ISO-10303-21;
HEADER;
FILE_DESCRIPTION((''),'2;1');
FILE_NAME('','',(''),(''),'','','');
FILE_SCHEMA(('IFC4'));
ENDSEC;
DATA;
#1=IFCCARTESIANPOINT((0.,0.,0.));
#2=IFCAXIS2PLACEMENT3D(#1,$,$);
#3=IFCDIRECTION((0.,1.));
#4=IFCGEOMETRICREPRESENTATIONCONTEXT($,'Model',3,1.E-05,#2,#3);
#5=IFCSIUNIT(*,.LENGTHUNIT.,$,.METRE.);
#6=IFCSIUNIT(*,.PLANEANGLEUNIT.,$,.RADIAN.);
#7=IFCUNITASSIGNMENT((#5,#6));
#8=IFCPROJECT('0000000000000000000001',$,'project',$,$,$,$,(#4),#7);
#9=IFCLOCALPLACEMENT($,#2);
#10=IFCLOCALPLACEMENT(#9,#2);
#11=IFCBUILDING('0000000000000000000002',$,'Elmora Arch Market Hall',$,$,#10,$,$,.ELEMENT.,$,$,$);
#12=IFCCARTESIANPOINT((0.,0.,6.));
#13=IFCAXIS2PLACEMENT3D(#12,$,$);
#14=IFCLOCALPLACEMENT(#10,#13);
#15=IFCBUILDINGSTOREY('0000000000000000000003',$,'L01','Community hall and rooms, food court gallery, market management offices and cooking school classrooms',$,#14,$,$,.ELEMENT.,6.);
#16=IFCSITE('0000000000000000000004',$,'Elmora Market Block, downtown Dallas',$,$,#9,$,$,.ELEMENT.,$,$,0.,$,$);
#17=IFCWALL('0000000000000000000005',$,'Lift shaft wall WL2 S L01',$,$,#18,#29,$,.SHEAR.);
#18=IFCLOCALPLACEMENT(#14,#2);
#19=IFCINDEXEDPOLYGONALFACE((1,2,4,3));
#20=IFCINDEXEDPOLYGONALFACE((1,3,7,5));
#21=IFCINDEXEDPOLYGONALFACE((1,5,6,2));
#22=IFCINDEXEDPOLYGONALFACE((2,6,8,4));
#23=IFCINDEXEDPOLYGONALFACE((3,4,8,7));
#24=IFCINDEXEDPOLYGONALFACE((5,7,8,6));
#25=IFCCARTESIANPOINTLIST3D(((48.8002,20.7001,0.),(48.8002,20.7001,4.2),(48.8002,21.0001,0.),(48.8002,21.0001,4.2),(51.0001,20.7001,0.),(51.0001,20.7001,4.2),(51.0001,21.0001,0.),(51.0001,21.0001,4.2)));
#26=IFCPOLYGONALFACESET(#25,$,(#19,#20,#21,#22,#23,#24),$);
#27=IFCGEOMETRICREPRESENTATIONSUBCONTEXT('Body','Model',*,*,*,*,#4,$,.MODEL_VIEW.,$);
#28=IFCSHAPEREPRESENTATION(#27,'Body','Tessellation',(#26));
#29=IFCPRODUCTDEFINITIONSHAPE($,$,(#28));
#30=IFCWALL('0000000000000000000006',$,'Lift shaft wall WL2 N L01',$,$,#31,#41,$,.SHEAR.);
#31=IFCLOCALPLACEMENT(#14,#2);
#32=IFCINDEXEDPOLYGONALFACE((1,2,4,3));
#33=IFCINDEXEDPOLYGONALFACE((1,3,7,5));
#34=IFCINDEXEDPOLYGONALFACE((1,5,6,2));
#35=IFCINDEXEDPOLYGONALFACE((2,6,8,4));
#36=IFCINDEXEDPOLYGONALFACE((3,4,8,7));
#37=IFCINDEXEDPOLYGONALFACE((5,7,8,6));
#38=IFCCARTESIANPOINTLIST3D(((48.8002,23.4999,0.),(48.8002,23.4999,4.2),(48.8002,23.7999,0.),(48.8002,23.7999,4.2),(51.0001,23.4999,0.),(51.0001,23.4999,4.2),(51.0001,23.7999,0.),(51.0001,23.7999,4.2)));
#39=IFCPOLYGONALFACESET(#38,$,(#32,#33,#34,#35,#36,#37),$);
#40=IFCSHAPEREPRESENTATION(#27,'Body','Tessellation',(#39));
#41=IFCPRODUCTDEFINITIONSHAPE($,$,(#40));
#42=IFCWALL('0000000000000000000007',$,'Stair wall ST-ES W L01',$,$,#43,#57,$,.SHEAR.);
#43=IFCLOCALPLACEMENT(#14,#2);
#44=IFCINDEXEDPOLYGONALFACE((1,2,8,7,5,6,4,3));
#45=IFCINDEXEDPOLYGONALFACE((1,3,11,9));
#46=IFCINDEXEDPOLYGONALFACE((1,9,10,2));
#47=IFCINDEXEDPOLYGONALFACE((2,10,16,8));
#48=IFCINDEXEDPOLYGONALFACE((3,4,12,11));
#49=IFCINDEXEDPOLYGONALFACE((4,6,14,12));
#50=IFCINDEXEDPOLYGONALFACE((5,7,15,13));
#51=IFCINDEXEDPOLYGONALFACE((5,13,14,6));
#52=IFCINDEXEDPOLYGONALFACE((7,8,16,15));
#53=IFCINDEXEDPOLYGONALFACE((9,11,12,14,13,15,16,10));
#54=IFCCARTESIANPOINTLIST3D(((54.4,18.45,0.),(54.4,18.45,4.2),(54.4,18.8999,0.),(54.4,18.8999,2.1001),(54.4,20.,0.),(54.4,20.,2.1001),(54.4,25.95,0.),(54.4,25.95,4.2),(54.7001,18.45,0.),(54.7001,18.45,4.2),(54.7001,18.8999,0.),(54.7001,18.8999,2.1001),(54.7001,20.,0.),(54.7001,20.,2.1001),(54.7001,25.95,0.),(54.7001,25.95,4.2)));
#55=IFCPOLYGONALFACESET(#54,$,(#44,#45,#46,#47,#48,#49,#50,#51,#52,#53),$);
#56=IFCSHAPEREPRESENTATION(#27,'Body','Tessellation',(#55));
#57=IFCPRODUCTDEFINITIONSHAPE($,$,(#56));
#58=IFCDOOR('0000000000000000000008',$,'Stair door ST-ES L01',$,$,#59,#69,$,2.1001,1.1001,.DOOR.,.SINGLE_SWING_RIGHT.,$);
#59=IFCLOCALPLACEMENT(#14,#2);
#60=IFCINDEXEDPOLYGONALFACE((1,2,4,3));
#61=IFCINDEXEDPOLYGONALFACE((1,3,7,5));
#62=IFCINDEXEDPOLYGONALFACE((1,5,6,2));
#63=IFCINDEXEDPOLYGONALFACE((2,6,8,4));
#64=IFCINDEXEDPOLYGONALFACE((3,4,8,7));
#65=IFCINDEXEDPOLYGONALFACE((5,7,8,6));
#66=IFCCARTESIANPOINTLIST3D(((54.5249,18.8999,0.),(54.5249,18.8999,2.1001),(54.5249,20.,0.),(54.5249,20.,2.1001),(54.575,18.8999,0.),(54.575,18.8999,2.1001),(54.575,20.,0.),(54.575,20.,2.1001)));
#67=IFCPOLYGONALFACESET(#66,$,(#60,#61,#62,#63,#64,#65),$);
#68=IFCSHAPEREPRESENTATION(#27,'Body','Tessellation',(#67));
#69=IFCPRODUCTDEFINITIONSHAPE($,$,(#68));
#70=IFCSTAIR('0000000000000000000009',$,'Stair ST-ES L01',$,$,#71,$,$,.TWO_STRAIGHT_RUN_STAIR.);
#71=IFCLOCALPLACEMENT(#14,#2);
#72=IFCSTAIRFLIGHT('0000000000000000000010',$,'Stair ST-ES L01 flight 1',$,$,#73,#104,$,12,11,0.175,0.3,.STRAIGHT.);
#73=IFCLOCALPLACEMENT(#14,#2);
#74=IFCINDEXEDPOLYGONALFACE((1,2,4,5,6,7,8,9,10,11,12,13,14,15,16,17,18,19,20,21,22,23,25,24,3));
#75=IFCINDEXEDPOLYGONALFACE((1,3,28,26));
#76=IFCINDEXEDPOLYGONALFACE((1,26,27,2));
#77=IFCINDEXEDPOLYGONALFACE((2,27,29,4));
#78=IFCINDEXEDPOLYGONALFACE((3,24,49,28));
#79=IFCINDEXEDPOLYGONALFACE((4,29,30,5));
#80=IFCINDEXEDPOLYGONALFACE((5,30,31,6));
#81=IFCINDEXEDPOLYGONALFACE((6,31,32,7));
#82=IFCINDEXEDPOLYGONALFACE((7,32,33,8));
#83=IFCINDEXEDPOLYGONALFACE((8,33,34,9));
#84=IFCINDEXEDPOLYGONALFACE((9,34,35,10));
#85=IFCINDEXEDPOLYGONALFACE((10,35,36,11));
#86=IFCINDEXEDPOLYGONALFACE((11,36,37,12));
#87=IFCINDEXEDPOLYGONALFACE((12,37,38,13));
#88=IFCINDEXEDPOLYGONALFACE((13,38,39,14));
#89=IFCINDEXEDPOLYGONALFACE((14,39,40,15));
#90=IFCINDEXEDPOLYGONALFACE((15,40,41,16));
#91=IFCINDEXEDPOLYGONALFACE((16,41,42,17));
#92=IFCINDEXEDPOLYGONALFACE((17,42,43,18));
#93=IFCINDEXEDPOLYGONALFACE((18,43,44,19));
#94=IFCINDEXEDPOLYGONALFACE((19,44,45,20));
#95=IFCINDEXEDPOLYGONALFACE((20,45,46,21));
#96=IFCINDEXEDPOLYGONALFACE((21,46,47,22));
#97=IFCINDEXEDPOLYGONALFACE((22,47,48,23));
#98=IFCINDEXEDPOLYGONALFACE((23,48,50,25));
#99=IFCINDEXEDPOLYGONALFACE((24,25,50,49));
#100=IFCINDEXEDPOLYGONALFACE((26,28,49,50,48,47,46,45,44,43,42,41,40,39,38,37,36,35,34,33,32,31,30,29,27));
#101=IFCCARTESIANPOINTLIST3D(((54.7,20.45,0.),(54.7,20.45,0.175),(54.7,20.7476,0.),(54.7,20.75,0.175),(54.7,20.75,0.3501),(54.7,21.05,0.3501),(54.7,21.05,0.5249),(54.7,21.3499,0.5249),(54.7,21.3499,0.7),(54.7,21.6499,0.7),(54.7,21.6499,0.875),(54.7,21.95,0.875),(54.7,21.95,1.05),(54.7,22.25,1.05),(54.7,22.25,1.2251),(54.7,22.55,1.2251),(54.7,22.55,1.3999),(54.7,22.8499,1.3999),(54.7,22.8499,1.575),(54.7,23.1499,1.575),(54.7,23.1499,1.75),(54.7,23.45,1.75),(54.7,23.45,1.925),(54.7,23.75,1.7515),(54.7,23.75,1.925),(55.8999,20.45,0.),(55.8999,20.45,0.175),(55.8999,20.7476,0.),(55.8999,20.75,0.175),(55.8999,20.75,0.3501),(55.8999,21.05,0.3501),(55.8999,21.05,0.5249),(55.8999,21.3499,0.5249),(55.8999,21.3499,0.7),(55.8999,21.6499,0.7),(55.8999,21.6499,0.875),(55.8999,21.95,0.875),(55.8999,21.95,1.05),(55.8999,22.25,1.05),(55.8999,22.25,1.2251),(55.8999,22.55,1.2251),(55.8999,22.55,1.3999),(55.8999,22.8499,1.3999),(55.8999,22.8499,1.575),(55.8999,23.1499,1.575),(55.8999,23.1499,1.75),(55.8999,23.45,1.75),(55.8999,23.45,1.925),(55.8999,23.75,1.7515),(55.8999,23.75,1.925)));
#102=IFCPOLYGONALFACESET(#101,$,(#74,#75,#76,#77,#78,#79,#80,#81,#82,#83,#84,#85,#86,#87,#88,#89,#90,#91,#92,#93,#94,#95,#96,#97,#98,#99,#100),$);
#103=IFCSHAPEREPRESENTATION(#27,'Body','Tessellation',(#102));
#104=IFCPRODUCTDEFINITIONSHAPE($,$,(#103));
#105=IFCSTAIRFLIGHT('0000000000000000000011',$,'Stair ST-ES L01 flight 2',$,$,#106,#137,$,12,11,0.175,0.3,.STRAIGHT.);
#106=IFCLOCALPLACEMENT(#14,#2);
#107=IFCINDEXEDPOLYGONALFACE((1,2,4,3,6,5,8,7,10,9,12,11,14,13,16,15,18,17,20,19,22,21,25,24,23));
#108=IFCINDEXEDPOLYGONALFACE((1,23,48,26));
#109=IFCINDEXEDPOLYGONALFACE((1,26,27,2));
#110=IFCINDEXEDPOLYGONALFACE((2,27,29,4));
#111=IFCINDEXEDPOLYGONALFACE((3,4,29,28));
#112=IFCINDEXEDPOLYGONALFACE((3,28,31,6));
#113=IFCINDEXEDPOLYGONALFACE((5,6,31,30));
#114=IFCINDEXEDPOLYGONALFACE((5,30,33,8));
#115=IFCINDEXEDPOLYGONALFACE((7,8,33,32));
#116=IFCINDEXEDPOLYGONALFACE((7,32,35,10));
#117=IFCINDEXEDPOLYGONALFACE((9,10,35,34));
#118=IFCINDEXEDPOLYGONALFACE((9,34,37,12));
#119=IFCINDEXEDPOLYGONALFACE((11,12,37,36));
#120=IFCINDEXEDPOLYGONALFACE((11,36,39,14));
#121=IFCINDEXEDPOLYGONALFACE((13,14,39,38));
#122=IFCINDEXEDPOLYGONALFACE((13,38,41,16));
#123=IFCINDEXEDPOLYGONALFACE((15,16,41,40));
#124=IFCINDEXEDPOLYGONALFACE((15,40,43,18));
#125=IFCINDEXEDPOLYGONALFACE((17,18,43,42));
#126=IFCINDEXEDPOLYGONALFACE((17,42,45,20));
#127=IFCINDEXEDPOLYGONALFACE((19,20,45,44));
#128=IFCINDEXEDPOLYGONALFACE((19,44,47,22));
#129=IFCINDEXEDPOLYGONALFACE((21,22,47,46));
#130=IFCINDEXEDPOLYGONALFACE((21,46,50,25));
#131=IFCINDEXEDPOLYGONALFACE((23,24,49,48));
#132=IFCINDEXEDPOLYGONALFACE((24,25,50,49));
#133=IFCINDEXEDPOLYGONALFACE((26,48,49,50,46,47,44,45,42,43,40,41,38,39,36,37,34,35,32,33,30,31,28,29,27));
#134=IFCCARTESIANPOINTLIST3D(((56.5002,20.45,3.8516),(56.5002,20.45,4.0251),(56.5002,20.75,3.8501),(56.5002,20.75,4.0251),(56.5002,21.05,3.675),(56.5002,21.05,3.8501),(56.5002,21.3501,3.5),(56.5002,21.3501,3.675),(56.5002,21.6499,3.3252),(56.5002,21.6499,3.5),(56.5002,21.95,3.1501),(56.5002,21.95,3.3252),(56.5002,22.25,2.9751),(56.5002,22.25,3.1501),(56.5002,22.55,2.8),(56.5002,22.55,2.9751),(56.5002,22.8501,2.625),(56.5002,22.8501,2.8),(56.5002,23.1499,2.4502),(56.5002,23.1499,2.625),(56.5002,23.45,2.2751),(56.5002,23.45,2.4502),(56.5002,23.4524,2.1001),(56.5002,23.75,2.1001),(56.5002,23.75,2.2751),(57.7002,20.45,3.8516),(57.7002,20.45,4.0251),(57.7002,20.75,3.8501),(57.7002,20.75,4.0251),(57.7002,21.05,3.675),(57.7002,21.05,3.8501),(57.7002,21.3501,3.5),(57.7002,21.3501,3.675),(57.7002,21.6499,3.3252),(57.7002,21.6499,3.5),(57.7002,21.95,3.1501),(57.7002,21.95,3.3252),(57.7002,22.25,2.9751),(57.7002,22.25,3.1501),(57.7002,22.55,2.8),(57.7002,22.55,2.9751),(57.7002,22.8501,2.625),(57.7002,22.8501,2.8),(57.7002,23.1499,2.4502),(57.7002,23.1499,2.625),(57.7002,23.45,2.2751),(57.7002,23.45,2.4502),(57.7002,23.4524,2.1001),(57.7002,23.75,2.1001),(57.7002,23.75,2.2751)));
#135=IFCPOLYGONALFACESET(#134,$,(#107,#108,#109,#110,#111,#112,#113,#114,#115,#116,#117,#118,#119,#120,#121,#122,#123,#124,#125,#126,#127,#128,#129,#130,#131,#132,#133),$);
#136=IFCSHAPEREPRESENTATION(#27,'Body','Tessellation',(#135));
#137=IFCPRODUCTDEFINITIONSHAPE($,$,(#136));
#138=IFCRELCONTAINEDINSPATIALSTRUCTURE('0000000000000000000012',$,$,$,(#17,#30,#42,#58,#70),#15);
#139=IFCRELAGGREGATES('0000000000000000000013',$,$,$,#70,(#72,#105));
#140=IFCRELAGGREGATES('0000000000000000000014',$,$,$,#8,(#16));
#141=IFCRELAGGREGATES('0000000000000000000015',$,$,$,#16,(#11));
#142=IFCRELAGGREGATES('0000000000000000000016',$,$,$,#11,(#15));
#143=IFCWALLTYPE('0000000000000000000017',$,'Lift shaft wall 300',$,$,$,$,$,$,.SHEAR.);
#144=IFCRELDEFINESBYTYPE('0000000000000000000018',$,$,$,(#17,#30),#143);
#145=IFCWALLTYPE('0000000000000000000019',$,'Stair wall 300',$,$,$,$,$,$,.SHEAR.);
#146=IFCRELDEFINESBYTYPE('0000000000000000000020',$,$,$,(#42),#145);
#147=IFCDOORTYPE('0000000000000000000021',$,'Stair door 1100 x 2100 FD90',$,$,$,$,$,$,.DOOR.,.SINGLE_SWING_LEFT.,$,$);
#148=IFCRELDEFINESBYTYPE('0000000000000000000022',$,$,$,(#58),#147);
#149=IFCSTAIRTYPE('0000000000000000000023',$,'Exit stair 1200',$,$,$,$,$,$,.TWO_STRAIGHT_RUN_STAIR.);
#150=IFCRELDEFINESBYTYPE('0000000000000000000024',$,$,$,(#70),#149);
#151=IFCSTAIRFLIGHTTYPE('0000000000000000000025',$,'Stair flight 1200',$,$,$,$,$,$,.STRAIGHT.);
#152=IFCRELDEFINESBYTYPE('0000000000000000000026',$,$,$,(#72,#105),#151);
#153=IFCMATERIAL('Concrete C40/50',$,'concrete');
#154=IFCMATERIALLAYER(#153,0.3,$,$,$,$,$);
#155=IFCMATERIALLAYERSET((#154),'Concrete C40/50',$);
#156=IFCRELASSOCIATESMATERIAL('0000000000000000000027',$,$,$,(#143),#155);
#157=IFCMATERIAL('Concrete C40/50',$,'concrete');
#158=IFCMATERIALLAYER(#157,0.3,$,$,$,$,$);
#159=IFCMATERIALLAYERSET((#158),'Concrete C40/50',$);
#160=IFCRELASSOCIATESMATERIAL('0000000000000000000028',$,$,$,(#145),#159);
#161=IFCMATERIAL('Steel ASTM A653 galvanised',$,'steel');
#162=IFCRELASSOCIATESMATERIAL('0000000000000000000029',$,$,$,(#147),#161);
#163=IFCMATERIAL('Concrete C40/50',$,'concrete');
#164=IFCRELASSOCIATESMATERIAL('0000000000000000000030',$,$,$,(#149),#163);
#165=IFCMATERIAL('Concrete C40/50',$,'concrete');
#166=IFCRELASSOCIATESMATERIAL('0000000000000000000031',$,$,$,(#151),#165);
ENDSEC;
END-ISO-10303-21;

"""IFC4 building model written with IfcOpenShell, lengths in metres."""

from ifc_helpers import new_model, si_unit, direction, frame, frame_2d, origin, place, context, subcontext, project, spatial, polyline, rectangle, outline, extrude, material, layer, layer_set, type_object, element, fill, aggregate, save


model = new_model("IFC4")

# Units and contexts
model_context = context("Model", 3, precision=1e-05, world=origin(), true_north=direction((0.0, 1.0)))
body_context = subcontext(model_context, "Body", "Model", "MODEL_VIEW")
ifc_project = project(units=[si_unit("LENGTHUNIT", "METRE"), si_unit("PLANEANGLEUNIT", "RADIAN")], contexts=[model_context])

# Site, building, storey
site_placement = place(None, origin())
site = spatial("IfcSite", under=ifc_project, at=site_placement, Name="Elmora Market Block, downtown Dallas", CompositionType="ELEMENT", RefElevation=0.0)
building_placement = place(site_placement, origin())
building = spatial("IfcBuilding", under=site, at=building_placement, Name="Elmora Arch Market Hall", CompositionType="ELEMENT")
storey_placement = place(building_placement, frame((0.0, 0.0, 6.0)))
storey = spatial("IfcBuildingStorey", under=building, at=storey_placement, Name="L01", Description="Community hall and rooms, food court gallery, market management offices and cooking school classrooms", CompositionType="ELEMENT", Elevation=6.0)

# Shared definitions
ifc_material_1 = material(Name="Concrete C40/50", Category="concrete")
ifc_layer_1 = layer(ifc_material_1, 0.3)
ifc_layer_set_1 = layer_set([ifc_layer_1], Name="Concrete C40/50")
wall_type_1 = type_object("IfcWallType", Name="Lift shaft wall 300", PredefinedType="SHEAR", material=ifc_layer_set_1)

# Walls
for number, where, z_axis, x_axis, name in (
    (1, (48.8, 20.8501, 0.0), (0.0, 0.0, 1.0), (1.0, 0.0, 0.0), "Lift shaft wall WL2 S L01"),
    (2, (48.8, 23.6499, 0.0), (0.0, 0.0, 1.0), (1.0, 0.0, 0.0), "Lift shaft wall WL2 N L01"),
):
    element("IfcWall", number, at=place(storey_placement, frame(where, z_axis=z_axis, x_axis=x_axis)), inside=storey, type_object=wall_type_1, Name=name, PredefinedType="SHEAR", context=body_context, shape_type="SweptSolid", body=[
        extrude(rectangle(XDim=2.2, YDim=0.3, at=frame_2d((1.1001, 0.0))), origin(), (0.0, 0.0, 1.0), 4.2),
    ])

# Wall, opening, door
ifc_material_2 = material(Name="Concrete C40/50", Category="concrete")
ifc_layer_2 = layer(ifc_material_2, 0.3)
ifc_layer_set_2 = layer_set([ifc_layer_2], Name="Concrete C40/50")
wall_type_2 = type_object("IfcWallType", Name="Stair wall 300", PredefinedType="SHEAR", material=ifc_layer_set_2)
wall_1_placement = place(storey_placement, frame((54.55, 18.45, 0.0), z_axis=(0.0, 0.0, 1.0), x_axis=(0.0, 1.0, 0.0)))
wall_1 = element("IfcWall", 3, at=wall_1_placement, inside=storey, type_object=wall_type_2, Name="Stair wall ST-ES W L01", PredefinedType="SHEAR", context=body_context, shape_type="SweptSolid", body=[
    extrude(rectangle(XDim=7.5, YDim=0.3, at=frame_2d((3.75, 0.0))), origin(), (0.0, 0.0, 1.0), 4.2),
])
opening_1_placement = place(wall_1_placement, frame((0.45, 0.0, 0.0)))
opening_1 = element("IfcOpeningElement", 4, at=opening_1_placement, cuts=wall_1, PredefinedType="OPENING", context=body_context, shape_type="SweptSolid", body=[
    extrude(rectangle(XDim=1.1001, YDim=2.1001, at=frame_2d((0.55, 1.05))), frame((0.0, 0.1599, 0.0), z_axis=(0.0, -1.0, 0.0), x_axis=(1.0, 0.0, 0.0)), (0.0, 0.0, 1.0), 0.3201),
])
ifc_material_3 = material(Name="Steel ASTM A653 galvanised", Category="steel")
door_type_1 = type_object("IfcDoorType", Name="Stair door 1100 x 2100 FD90", OperationType="SINGLE_SWING_LEFT", PredefinedType="DOOR", material=ifc_material_3)
door_1_placement = place(opening_1_placement, frame((1.1001, 0.0, 0.0), z_axis=(0.0, 0.0, 1.0), x_axis=(-1.0, 0.0, 0.0)))
door_1 = element("IfcDoor", 5, at=door_1_placement, inside=storey, type_object=door_type_1, Name="Stair door ST-ES L01", OperationType="SINGLE_SWING_RIGHT", OverallHeight=2.1001, OverallWidth=1.1001, PredefinedType="DOOR", context=body_context, shape_type="SweptSolid", body=[
    extrude(rectangle(XDim=1.1001, YDim=2.1001, at=frame_2d((0.55, 1.05))), frame((0.0, 0.0249, 0.0), z_axis=(0.0, -1.0, 0.0), x_axis=(1.0, 0.0, 0.0)), (0.0, 0.0, 1.0), 0.05),
])
fill(opening_1, door_1)

# Stair, stair flights
ifc_material_4 = material(Name="Concrete C40/50", Category="concrete")
stair_type = type_object("IfcStairType", Name="Exit stair 1200", PredefinedType="TWO_STRAIGHT_RUN_STAIR", material=ifc_material_4)
stair_placement = place(storey_placement, origin())
stair = element("IfcStair", 6, at=stair_placement, inside=storey, type_object=stair_type, Name="Stair ST-ES L01", PredefinedType="TWO_STRAIGHT_RUN_STAIR")
ifc_material_5 = material(Name="Concrete C40/50", Category="concrete")
stair_flight_type = type_object("IfcStairFlightType", Name="Stair flight 1200", PredefinedType="STRAIGHT", material=ifc_material_5)
stair_flight_1_placement = place(storey_placement, frame((55.3, 20.45, 0.0), z_axis=(0.0, 0.0, 1.0), x_axis=(0.0, 1.0, 0.0)))
stair_flight_1 = element("IfcStairFlight", 7, at=stair_flight_1_placement, type_object=stair_flight_type, Name="Stair ST-ES L01 flight 1", NumberOfRisers=12, NumberOfTreads=11, PredefinedType="STRAIGHT", RiserHeight=0.175, TreadLength=0.3, context=body_context, shape_type="SweptSolid", body=[
    extrude(outline(polyline([(0.0, 0.0), (0.0, 0.175), (0.3, 0.175), (0.3, 0.3501), (0.6001, 0.3501), (0.6001, 0.5249), (0.8999, 0.5249), (0.8999, 0.7), (1.2, 0.7), (1.2, 0.875), (1.5, 0.875), (1.5, 1.05), (1.8, 1.05), (1.8, 1.2251), (2.1001, 1.2251), (2.1001, 1.3999), (2.3999, 1.3999), (2.3999, 1.575), (2.7, 1.575), (2.7, 1.75), (3.0, 1.75), (3.0, 1.925), (3.3, 1.925), (3.3, 2.1001), (3.3, 1.7515), (0.2976, 0.0), (0.0, 0.0)])), frame((0.0, 0.6001, 0.0), z_axis=(0.0, -1.0, 0.0), x_axis=(1.0, 0.0, 0.0)), (0.0, 0.0, 1.0), 1.2),
])
stair_flight_2_placement = place(storey_placement, frame((57.1001, 23.75, 2.1001), z_axis=(0.0, 0.0, 1.0), x_axis=(0.0, -1.0, 0.0)))
stair_flight_2 = element("IfcStairFlight", 8, at=stair_flight_2_placement, type_object=stair_flight_type, Name="Stair ST-ES L01 flight 2", NumberOfRisers=12, NumberOfTreads=11, PredefinedType="STRAIGHT", RiserHeight=0.175, TreadLength=0.3, context=body_context, shape_type="SweptSolid", body=[
    extrude(outline(polyline([(0.0, 0.0), (0.0, 0.175), (0.3, 0.175), (0.3, 0.3501), (0.6001, 0.3501), (0.6001, 0.5249), (0.8999, 0.5249), (0.8999, 0.7), (1.2, 0.7), (1.2, 0.875), (1.5, 0.875), (1.5, 1.05), (1.8, 1.05), (1.8, 1.2251), (2.1001, 1.2251), (2.1001, 1.3999), (2.3999, 1.3999), (2.3999, 1.575), (2.7, 1.575), (2.7, 1.75), (3.0, 1.75), (3.0, 1.925), (3.3, 1.925), (3.3, 2.1001), (3.3, 1.7515), (0.2976, 0.0), (0.0, 0.0)])), frame((0.0, 0.6001, 0.0), z_axis=(0.0, -1.0, 0.0), x_axis=(1.0, 0.0, 0.0)), (0.0, 0.0, 1.0), 1.2),
])
aggregate(stair, [stair_flight_1, stair_flight_2])

save(model, "model.ifc")
